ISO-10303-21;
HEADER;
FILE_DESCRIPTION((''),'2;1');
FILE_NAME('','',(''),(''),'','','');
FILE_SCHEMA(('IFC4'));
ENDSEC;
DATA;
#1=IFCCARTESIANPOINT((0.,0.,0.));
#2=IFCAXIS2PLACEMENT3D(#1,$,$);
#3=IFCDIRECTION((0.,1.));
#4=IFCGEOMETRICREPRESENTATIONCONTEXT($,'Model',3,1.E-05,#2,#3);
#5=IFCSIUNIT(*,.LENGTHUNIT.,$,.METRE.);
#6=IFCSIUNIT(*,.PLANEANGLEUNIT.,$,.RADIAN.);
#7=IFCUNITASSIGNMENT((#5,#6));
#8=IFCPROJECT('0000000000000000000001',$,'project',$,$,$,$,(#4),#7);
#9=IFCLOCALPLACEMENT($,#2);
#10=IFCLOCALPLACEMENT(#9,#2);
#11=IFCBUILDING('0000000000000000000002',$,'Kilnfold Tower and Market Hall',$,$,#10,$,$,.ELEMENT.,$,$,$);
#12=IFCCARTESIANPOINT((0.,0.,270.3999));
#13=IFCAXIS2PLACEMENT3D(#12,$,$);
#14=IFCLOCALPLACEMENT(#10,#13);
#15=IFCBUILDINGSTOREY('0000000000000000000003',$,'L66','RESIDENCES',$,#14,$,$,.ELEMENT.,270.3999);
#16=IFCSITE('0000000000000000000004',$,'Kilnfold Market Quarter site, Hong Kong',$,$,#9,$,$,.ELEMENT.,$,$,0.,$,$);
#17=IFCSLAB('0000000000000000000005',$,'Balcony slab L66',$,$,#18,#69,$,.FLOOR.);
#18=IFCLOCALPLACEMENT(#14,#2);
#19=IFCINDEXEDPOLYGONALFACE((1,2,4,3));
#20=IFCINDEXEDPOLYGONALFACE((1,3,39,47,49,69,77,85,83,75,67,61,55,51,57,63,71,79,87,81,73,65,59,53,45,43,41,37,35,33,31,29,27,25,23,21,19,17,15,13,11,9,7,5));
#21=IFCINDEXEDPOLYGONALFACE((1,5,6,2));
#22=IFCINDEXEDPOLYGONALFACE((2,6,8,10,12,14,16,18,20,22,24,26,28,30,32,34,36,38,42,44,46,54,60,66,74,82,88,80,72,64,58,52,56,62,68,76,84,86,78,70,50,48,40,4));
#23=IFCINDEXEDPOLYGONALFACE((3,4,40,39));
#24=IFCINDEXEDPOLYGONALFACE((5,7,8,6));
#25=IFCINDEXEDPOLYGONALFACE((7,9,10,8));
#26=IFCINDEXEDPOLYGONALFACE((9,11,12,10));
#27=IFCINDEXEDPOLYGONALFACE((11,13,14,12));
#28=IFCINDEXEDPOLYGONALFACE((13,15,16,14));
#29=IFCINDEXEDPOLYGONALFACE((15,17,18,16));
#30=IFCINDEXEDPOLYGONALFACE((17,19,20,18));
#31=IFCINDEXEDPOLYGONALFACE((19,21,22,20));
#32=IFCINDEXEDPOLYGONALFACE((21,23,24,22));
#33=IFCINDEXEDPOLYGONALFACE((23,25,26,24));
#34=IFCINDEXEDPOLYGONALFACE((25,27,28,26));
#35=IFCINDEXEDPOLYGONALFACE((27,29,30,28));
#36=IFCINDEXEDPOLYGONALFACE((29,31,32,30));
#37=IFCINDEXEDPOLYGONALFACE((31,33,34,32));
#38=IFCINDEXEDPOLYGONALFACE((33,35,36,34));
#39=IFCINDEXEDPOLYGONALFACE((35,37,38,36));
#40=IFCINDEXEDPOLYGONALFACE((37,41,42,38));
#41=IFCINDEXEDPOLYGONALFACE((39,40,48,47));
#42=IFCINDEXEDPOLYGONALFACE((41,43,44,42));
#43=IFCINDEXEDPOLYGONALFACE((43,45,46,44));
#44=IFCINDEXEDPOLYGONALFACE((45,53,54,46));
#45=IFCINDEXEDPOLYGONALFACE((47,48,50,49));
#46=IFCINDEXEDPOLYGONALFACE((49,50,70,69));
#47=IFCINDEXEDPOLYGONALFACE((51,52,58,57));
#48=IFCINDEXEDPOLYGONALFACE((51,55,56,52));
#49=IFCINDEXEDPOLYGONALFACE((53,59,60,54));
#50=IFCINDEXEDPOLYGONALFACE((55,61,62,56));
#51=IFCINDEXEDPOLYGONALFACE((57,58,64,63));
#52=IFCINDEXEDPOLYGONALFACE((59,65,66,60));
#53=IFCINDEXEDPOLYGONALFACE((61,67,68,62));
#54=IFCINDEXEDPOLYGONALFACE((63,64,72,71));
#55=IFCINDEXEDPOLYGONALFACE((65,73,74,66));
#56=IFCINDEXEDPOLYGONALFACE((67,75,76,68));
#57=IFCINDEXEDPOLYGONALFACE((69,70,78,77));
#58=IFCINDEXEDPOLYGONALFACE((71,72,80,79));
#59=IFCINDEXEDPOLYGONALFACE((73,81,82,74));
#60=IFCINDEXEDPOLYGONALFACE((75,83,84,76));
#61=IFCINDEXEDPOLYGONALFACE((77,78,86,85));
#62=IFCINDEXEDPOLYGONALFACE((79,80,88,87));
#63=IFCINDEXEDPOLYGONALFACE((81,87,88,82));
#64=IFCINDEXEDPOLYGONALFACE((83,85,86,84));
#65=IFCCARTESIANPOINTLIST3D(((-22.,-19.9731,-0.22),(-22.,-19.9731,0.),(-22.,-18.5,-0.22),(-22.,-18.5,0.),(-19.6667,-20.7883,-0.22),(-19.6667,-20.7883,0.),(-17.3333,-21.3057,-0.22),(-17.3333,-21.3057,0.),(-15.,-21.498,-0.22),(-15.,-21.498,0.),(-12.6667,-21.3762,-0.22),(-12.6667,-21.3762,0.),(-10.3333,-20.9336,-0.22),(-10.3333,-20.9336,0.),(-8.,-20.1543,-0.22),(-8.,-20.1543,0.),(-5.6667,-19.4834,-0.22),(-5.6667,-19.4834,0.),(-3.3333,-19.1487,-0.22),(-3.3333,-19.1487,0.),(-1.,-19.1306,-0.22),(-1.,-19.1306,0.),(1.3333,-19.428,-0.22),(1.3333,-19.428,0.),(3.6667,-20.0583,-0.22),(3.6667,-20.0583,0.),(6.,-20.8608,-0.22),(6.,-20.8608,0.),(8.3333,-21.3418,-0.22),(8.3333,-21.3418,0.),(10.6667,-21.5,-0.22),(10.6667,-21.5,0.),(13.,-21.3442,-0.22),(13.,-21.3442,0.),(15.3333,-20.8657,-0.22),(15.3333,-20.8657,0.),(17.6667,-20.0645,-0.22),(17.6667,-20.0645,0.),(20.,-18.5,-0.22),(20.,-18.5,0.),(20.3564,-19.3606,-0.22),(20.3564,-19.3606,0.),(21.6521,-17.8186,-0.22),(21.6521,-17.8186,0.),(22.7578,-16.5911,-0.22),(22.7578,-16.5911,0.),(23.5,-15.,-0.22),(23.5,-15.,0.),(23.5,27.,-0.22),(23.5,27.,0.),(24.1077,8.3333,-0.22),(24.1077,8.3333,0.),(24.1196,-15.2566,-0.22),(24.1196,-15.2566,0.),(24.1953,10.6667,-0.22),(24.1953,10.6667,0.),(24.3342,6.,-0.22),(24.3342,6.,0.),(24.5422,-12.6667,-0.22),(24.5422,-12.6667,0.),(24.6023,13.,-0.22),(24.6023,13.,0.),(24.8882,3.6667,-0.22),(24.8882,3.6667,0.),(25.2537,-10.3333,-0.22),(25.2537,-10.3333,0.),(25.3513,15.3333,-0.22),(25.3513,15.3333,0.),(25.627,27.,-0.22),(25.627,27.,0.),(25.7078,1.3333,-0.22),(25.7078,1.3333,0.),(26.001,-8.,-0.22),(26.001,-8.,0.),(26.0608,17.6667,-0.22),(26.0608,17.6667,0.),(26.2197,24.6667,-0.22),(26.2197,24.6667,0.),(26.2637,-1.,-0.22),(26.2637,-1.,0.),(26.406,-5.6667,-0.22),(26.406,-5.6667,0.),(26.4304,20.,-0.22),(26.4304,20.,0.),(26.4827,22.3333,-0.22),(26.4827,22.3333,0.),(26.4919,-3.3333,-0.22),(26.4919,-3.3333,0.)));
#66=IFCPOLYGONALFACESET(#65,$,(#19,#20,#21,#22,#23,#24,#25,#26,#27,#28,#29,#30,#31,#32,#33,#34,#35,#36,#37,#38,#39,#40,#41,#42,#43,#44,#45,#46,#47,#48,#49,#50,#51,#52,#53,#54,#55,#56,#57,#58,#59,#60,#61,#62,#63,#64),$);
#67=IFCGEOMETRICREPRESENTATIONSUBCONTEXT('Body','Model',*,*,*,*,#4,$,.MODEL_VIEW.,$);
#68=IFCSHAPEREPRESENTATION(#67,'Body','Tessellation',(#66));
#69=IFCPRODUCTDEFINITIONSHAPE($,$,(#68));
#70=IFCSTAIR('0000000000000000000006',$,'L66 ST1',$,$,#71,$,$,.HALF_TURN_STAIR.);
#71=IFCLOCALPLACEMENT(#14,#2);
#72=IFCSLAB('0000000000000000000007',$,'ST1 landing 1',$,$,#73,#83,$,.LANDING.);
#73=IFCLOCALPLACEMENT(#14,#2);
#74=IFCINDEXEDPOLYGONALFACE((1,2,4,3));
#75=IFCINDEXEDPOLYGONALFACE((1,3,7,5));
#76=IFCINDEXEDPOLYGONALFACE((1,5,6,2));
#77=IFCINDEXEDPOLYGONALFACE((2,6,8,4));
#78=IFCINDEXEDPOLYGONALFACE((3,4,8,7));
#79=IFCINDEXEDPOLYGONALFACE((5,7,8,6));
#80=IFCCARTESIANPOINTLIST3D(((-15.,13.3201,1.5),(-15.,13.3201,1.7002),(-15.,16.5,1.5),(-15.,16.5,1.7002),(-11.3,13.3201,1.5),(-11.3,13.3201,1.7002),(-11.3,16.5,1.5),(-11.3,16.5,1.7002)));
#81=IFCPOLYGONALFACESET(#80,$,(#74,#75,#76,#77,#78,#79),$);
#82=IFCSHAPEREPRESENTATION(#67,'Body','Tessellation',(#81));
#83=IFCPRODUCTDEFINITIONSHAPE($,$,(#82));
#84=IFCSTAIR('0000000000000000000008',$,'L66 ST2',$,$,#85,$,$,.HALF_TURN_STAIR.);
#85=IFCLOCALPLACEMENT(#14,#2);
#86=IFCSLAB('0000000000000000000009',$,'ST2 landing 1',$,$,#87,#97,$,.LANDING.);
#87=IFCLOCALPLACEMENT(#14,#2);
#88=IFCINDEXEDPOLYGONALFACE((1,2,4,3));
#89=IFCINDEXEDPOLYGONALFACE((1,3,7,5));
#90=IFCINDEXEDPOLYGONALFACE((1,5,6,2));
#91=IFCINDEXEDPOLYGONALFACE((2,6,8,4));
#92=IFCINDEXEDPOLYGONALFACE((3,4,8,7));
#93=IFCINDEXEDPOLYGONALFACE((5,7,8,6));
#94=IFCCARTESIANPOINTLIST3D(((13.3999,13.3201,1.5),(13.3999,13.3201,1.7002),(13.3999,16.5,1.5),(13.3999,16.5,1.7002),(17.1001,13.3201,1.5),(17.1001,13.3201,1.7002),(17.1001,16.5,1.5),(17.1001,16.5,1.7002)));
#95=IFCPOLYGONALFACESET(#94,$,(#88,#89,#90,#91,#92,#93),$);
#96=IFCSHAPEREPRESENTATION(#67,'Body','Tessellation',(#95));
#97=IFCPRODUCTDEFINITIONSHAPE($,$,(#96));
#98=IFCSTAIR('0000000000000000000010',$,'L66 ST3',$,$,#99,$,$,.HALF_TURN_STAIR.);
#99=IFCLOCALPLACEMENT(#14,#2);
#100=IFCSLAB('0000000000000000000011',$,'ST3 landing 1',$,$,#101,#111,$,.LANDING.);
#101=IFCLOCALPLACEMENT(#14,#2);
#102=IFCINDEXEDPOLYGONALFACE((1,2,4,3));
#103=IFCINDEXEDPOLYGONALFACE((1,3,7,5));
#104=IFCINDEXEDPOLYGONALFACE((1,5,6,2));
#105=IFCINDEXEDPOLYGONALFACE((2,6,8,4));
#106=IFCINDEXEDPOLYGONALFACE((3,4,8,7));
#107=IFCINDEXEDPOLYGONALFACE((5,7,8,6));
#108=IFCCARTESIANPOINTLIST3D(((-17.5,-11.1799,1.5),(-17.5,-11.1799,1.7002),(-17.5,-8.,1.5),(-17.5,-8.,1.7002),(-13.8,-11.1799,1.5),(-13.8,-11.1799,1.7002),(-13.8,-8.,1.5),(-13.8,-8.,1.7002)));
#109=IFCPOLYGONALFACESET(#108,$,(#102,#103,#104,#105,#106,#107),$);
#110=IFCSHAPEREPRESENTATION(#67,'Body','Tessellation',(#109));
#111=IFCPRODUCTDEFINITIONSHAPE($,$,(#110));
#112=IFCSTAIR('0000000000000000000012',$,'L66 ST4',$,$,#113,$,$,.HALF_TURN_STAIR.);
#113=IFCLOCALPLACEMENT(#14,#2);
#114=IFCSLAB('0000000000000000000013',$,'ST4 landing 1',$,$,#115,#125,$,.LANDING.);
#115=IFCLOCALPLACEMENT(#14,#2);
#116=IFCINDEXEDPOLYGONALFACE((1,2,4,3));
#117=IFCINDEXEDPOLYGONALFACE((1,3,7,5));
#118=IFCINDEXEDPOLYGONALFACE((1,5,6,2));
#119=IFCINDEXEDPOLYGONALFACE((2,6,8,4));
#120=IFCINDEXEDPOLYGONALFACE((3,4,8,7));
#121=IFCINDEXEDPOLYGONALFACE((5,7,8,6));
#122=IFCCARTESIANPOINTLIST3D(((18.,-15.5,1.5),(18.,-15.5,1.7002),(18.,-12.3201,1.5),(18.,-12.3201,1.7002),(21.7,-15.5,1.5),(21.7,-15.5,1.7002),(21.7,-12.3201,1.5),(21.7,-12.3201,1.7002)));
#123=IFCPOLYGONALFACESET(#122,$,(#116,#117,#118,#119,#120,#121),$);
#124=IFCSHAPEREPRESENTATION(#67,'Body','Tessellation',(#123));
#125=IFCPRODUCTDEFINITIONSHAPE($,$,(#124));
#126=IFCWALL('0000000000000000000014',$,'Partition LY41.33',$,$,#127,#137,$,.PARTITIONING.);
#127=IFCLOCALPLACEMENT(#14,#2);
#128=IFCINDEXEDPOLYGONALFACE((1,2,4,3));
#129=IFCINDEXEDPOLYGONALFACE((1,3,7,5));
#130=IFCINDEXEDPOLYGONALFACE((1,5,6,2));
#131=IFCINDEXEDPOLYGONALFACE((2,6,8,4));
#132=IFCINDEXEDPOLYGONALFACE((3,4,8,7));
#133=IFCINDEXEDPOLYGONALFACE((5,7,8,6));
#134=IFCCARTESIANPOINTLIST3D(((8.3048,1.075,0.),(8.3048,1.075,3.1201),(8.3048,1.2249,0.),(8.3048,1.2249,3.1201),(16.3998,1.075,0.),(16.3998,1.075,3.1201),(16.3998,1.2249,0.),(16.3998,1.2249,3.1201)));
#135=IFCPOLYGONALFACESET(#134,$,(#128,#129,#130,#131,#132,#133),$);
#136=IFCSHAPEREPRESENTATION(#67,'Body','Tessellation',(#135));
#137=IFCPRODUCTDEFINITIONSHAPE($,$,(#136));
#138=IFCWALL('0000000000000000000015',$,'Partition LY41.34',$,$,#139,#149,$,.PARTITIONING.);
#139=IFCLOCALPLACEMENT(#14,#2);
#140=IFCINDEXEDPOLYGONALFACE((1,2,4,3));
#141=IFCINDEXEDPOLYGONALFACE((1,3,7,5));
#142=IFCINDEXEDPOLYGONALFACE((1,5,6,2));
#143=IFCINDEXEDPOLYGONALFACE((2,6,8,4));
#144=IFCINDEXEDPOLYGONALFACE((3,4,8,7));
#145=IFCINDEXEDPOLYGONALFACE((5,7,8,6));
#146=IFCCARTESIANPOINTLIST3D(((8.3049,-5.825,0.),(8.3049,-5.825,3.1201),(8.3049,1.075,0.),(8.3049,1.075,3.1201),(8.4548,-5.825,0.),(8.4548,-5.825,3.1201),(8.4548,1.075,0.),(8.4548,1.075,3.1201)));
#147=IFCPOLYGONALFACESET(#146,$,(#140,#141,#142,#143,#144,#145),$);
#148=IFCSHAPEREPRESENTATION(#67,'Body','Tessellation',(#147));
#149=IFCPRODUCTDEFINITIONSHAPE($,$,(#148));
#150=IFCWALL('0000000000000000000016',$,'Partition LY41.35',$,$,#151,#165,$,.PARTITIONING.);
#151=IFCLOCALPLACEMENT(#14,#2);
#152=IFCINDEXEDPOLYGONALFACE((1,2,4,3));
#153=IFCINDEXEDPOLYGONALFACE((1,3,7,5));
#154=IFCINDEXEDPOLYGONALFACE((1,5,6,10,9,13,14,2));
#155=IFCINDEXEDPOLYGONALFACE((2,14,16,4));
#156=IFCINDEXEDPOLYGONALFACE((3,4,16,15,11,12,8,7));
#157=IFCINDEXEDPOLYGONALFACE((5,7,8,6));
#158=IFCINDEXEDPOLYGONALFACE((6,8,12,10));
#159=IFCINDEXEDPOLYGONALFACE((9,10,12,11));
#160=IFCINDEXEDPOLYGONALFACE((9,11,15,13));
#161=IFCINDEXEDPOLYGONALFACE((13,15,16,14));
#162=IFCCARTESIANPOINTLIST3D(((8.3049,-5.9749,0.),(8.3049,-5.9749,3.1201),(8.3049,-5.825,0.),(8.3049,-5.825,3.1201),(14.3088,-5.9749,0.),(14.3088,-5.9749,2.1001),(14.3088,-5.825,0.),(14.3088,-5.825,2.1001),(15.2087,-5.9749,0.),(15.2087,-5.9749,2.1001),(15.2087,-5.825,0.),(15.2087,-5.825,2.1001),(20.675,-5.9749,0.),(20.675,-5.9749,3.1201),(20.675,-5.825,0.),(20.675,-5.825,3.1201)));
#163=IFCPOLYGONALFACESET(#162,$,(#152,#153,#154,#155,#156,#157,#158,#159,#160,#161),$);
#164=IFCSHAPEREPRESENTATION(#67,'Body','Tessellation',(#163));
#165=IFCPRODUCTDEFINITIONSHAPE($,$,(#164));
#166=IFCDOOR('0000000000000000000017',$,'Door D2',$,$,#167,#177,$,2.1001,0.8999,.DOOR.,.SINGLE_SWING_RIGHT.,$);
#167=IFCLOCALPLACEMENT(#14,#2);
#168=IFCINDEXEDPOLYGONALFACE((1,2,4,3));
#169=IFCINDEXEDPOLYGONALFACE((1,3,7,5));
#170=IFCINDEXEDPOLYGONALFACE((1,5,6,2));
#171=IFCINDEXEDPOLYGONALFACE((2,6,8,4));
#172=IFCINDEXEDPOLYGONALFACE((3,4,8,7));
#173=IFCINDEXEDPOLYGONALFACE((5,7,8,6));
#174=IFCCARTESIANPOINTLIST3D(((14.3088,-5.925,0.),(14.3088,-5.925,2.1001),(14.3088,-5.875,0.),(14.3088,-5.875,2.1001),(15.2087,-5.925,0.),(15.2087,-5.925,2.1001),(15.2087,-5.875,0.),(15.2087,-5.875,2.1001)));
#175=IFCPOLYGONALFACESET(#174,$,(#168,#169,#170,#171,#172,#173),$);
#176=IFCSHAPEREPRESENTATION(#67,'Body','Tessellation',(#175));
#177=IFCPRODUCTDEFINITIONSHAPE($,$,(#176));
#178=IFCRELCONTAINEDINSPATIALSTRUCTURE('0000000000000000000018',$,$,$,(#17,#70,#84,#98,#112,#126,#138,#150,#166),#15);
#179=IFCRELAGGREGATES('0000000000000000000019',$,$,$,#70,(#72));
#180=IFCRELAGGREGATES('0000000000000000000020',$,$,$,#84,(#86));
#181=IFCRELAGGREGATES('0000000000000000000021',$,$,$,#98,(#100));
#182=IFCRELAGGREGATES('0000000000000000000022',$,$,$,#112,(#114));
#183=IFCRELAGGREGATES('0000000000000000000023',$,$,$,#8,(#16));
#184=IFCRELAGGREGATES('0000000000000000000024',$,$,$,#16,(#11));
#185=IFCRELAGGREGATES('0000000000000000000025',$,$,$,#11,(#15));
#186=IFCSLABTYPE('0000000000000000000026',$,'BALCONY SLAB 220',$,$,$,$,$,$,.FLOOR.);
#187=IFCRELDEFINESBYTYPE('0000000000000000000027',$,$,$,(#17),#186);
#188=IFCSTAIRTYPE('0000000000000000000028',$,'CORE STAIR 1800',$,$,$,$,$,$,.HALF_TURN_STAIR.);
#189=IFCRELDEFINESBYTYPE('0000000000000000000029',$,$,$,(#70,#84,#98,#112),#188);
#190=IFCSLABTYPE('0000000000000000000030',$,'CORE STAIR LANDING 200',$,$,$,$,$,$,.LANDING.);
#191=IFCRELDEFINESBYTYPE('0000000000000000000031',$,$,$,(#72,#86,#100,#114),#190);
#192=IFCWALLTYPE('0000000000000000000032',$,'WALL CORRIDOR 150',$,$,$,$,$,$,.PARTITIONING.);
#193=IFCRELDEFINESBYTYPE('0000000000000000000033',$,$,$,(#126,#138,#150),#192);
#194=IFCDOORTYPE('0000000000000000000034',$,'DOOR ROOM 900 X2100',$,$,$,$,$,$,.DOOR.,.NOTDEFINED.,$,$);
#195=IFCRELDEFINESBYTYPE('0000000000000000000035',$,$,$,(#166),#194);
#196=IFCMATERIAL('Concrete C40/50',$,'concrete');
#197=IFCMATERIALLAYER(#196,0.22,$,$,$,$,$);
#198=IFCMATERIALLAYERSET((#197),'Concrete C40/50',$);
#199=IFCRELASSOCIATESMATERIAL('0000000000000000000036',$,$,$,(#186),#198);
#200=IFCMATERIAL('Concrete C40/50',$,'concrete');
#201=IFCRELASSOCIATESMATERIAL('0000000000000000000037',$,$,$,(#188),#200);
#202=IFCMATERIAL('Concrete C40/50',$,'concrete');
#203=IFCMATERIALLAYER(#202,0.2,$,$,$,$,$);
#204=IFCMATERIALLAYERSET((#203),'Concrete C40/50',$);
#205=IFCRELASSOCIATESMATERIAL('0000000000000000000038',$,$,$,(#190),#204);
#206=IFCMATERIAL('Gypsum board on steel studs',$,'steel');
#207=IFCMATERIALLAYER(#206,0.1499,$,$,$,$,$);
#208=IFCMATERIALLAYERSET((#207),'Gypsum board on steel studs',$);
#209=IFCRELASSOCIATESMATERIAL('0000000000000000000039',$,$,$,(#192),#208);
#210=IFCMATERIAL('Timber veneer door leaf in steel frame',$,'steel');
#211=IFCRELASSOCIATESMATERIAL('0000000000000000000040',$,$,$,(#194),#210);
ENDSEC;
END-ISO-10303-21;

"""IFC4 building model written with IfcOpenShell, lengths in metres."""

from ifc_helpers import new_model, si_unit, direction, frame, frame_2d, origin, place, context, subcontext, project, spatial, polyline, rectangle, outline, extrude, source, transform, mapped, material, layer, layer_set, type_object, element, fill, aggregate, save


model = new_model("IFC4")

# Units and contexts
model_context = context("Model", 3, precision=1e-05, world=origin(), true_north=direction((0.0, 1.0)))
body_context = subcontext(model_context, "Body", "Model", "MODEL_VIEW")
ifc_project = project(units=[si_unit("LENGTHUNIT", "METRE"), si_unit("PLANEANGLEUNIT", "RADIAN")], contexts=[model_context])

# Site, building, storey
site_placement = place(None, origin())
site = spatial("IfcSite", under=ifc_project, at=site_placement, Name="Kilnfold Market Quarter site, Hong Kong", CompositionType="ELEMENT", RefElevation=0.0)
building_placement = place(site_placement, origin())
building = spatial("IfcBuilding", under=site, at=building_placement, Name="Kilnfold Tower and Market Hall", CompositionType="ELEMENT")
storey_placement = place(building_placement, frame((0.0, 0.0, 270.3999)))
storey = spatial("IfcBuildingStorey", under=building, at=storey_placement, Name="L66", Description="RESIDENCES", CompositionType="ELEMENT", Elevation=270.3999)

# Slab
ifc_material_1 = material(Name="Concrete C40/50", Category="concrete")
ifc_layer_1 = layer(ifc_material_1, 0.22)
ifc_layer_set_1 = layer_set([ifc_layer_1], Name="Concrete C40/50")
slab_type_1 = type_object("IfcSlabType", Name="BALCONY SLAB 220", PredefinedType="FLOOR", material=ifc_layer_set_1)
shared_shape_1 = source(origin(), body_context, "Body", "SweptSolid", [
    extrude(outline(polyline([(-22.0, -18.5), (20.0, -18.5), (23.5, -15.0), (23.5, 27.0), (25.627, 27.0), (26.2197, 24.6667), (26.4827, 22.3333), (26.4304, 20.0), (26.0608, 17.6667), (25.3513, 15.3333), (24.6023, 13.0), (24.1953, 10.6667), (24.1077, 8.3333), (24.3342, 6.0), (24.8882, 3.6667), (25.7078, 1.3333), (26.2637, -1.0), (26.4919, -3.3333), (26.406, -5.6667), (26.001, -8.0), (25.2537, -10.3333), (24.5422, -12.6667), (24.1196, -15.2566), (22.7578, -16.5911), (21.6521, -17.8186), (20.3564, -19.3606), (17.6667, -20.0645), (15.3333, -20.8657), (13.0, -21.3442), (10.6667, -21.5), (8.3333, -21.3418), (6.0, -20.8608), (3.6667, -20.0583), (1.3333, -19.428), (-1.0, -19.1306), (-3.3333, -19.1487), (-5.6667, -19.4834), (-8.0, -20.1543), (-10.3333, -20.9336), (-12.6667, -21.3762), (-15.0, -21.498), (-17.3333, -21.3057), (-19.6667, -20.7883), (-22.0, -19.9731), (-22.0, -18.5)])), origin(), (0.0, 0.0, 1.0), 0.22),
])
slab_1_placement = place(storey_placement, frame((0.0, 0.0, -0.22)))
element("IfcSlab", 1, at=slab_1_placement, inside=storey, type_object=slab_type_1, Name="Balcony slab L66", PredefinedType="FLOOR", context=body_context, shape_type="MappedRepresentation", body=[
    mapped(shared_shape_1, transform((0.0, 0.0, 0.0))),
])

# Stairs, slabs
ifc_material_2 = material(Name="Concrete C40/50", Category="concrete")
stair_type = type_object("IfcStairType", Name="CORE STAIR 1800", PredefinedType="HALF_TURN_STAIR", material=ifc_material_2)
stair_1_placement = place(storey_placement, origin())
stair_1 = element("IfcStair", 2, at=stair_1_placement, inside=storey, type_object=stair_type, Name="L66 ST1", PredefinedType="HALF_TURN_STAIR")
ifc_material_3 = material(Name="Concrete C40/50", Category="concrete")
ifc_layer_2 = layer(ifc_material_3, 0.2)
ifc_layer_set_2 = layer_set([ifc_layer_2], Name="Concrete C40/50")
slab_type_2 = type_object("IfcSlabType", Name="CORE STAIR LANDING 200", PredefinedType="LANDING", material=ifc_layer_set_2)
shared_shape_2 = source(origin(), body_context, "Body", "SweptSolid", [
    extrude(outline(polyline([(-11.3, 13.3201), (-11.3, 16.5), (-15.0, 16.5), (-15.0, 13.3201), (-11.3, 13.3201)])), origin(), (0.0, 0.0, 1.0), 0.2002),
])
slab_2_placement = place(storey_placement, frame((0.0, 0.0, 1.5)))
slab_2 = element("IfcSlab", 3, at=slab_2_placement, type_object=slab_type_2, Name="ST1 landing 1", PredefinedType="LANDING", context=body_context, shape_type="MappedRepresentation", body=[
    mapped(shared_shape_2, transform((0.0, 0.0, 0.0))),
])
aggregate(stair_1, [slab_2])
stair_2_placement = place(storey_placement, origin())
stair_2 = element("IfcStair", 4, at=stair_2_placement, inside=storey, type_object=stair_type, Name="L66 ST2", PredefinedType="HALF_TURN_STAIR")
shared_shape_3 = source(origin(), body_context, "Body", "SweptSolid", [
    extrude(outline(polyline([(17.1001, 13.3201), (17.1001, 16.5), (13.3999, 16.5), (13.3999, 13.3201), (17.1001, 13.3201)])), origin(), (0.0, 0.0, 1.0), 0.2002),
])
slab_3_placement = place(storey_placement, frame((0.0, 0.0, 1.5)))
slab_3 = element("IfcSlab", 5, at=slab_3_placement, type_object=slab_type_2, Name="ST2 landing 1", PredefinedType="LANDING", context=body_context, shape_type="MappedRepresentation", body=[
    mapped(shared_shape_3, transform((0.0, 0.0, 0.0))),
])
aggregate(stair_2, [slab_3])
stair_3_placement = place(storey_placement, origin())
stair_3 = element("IfcStair", 6, at=stair_3_placement, inside=storey, type_object=stair_type, Name="L66 ST3", PredefinedType="HALF_TURN_STAIR")
shared_shape_4 = source(origin(), body_context, "Body", "SweptSolid", [
    extrude(outline(polyline([(-13.8, -11.1799), (-13.8, -8.0), (-17.5, -8.0), (-17.5, -11.1799), (-13.8, -11.1799)])), origin(), (0.0, 0.0, 1.0), 0.2002),
])
slab_4_placement = place(storey_placement, frame((0.0, 0.0, 1.5)))
slab_4 = element("IfcSlab", 7, at=slab_4_placement, type_object=slab_type_2, Name="ST3 landing 1", PredefinedType="LANDING", context=body_context, shape_type="MappedRepresentation", body=[
    mapped(shared_shape_4, transform((0.0, 0.0, 0.0))),
])
aggregate(stair_3, [slab_4])
stair_4_placement = place(storey_placement, origin())
stair_4 = element("IfcStair", 8, at=stair_4_placement, inside=storey, type_object=stair_type, Name="L66 ST4", PredefinedType="HALF_TURN_STAIR")
shared_shape_5 = source(origin(), body_context, "Body", "SweptSolid", [
    extrude(outline(polyline([(18.0, -12.3201), (18.0, -15.5), (21.7, -15.5), (21.7, -12.3201), (18.0, -12.3201)])), origin(), (0.0, 0.0, 1.0), 0.2002),
])
slab_5_placement = place(storey_placement, frame((0.0, 0.0, 1.5)))
slab_5 = element("IfcSlab", 9, at=slab_5_placement, type_object=slab_type_2, Name="ST4 landing 1", PredefinedType="LANDING", context=body_context, shape_type="MappedRepresentation", body=[
    mapped(shared_shape_5, transform((0.0, 0.0, 0.0))),
])
aggregate(stair_4, [slab_5])

# Walls
ifc_material_4 = material(Name="Gypsum board on steel studs", Category="steel")
ifc_layer_3 = layer(ifc_material_4, 0.1499)
ifc_layer_set_3 = layer_set([ifc_layer_3], Name="Gypsum board on steel studs")
wall_type_1 = type_object("IfcWallType", Name="WALL CORRIDOR 150", PredefinedType="PARTITIONING", material=ifc_layer_set_3)
wall_1_placement = place(storey_placement, frame((8.3049, 1.1499, 0.0), z_axis=(0.0, 0.0, 1.0), x_axis=(1.0, 0.0, 0.0)))
element("IfcWall", 10, at=wall_1_placement, inside=storey, type_object=wall_type_1, Name="Partition LY41.33", PredefinedType="PARTITIONING", context=body_context, shape_type="SweptSolid", body=[
    extrude(rectangle(XDim=8.095, YDim=0.1499, at=frame_2d((4.0474, 0.0))), origin(), (0.0, 0.0, 1.0), 3.1201),
])
wall_2_placement = place(storey_placement, frame((8.3799, -5.825, 0.0), z_axis=(0.0, 0.0, 1.0), x_axis=(0.0, 1.0, 0.0)))
element("IfcWall", 11, at=wall_2_placement, inside=storey, type_object=wall_type_1, Name="Partition LY41.34", PredefinedType="PARTITIONING", context=body_context, shape_type="SweptSolid", body=[
    extrude(rectangle(XDim=6.8999, YDim=0.1499, at=frame_2d((3.45, 0.0))), origin(), (0.0, 0.0, 1.0), 3.1201),
])

# Wall, opening, door
wall_3_placement = place(storey_placement, frame((8.3049, -5.8999, 0.0), z_axis=(0.0, 0.0, 1.0), x_axis=(1.0, 0.0, 0.0)))
wall_3 = element("IfcWall", 12, at=wall_3_placement, inside=storey, type_object=wall_type_1, Name="Partition LY41.35", PredefinedType="PARTITIONING", context=body_context, shape_type="SweptSolid", body=[
    extrude(rectangle(XDim=12.3701, YDim=0.1499, at=frame_2d((6.1851, 0.0))), origin(), (0.0, 0.0, 1.0), 3.1201),
])
opening_1_placement = place(wall_3_placement, frame((6.0039, 0.0, 0.0)))
opening_1 = element("IfcOpeningElement", 13, at=opening_1_placement, cuts=wall_3, PredefinedType="OPENING", context=body_context, shape_type="SweptSolid", body=[
    extrude(rectangle(XDim=0.8999, YDim=2.1001, at=frame_2d((0.45, 1.05))), frame((0.0, 0.085, 0.0), z_axis=(0.0, -1.0, 0.0), x_axis=(1.0, 0.0, 0.0)), (0.0, 0.0, 1.0), 0.1699),
])
ifc_material_5 = material(Name="Timber veneer door leaf in steel frame", Category="steel")
door_type_1 = type_object("IfcDoorType", Name="DOOR ROOM 900 X2100", OperationType="NOTDEFINED", PredefinedType="DOOR", material=ifc_material_5)
door_1_placement = place(opening_1_placement, origin())
door_1 = element("IfcDoor", 14, at=door_1_placement, inside=storey, type_object=door_type_1, Name="Door D2", OperationType="SINGLE_SWING_RIGHT", OverallHeight=2.1001, OverallWidth=0.8999, PredefinedType="DOOR", context=body_context, shape_type="SweptSolid", body=[
    extrude(rectangle(XDim=0.8999, YDim=2.1001, at=frame_2d((0.45, 1.05))), frame((0.0, 0.0249, 0.0), z_axis=(0.0, -1.0, 0.0), x_axis=(1.0, 0.0, 0.0)), (0.0, 0.0, 1.0), 0.05),
])
fill(opening_1, door_1)

save(model, "model.ifc")
